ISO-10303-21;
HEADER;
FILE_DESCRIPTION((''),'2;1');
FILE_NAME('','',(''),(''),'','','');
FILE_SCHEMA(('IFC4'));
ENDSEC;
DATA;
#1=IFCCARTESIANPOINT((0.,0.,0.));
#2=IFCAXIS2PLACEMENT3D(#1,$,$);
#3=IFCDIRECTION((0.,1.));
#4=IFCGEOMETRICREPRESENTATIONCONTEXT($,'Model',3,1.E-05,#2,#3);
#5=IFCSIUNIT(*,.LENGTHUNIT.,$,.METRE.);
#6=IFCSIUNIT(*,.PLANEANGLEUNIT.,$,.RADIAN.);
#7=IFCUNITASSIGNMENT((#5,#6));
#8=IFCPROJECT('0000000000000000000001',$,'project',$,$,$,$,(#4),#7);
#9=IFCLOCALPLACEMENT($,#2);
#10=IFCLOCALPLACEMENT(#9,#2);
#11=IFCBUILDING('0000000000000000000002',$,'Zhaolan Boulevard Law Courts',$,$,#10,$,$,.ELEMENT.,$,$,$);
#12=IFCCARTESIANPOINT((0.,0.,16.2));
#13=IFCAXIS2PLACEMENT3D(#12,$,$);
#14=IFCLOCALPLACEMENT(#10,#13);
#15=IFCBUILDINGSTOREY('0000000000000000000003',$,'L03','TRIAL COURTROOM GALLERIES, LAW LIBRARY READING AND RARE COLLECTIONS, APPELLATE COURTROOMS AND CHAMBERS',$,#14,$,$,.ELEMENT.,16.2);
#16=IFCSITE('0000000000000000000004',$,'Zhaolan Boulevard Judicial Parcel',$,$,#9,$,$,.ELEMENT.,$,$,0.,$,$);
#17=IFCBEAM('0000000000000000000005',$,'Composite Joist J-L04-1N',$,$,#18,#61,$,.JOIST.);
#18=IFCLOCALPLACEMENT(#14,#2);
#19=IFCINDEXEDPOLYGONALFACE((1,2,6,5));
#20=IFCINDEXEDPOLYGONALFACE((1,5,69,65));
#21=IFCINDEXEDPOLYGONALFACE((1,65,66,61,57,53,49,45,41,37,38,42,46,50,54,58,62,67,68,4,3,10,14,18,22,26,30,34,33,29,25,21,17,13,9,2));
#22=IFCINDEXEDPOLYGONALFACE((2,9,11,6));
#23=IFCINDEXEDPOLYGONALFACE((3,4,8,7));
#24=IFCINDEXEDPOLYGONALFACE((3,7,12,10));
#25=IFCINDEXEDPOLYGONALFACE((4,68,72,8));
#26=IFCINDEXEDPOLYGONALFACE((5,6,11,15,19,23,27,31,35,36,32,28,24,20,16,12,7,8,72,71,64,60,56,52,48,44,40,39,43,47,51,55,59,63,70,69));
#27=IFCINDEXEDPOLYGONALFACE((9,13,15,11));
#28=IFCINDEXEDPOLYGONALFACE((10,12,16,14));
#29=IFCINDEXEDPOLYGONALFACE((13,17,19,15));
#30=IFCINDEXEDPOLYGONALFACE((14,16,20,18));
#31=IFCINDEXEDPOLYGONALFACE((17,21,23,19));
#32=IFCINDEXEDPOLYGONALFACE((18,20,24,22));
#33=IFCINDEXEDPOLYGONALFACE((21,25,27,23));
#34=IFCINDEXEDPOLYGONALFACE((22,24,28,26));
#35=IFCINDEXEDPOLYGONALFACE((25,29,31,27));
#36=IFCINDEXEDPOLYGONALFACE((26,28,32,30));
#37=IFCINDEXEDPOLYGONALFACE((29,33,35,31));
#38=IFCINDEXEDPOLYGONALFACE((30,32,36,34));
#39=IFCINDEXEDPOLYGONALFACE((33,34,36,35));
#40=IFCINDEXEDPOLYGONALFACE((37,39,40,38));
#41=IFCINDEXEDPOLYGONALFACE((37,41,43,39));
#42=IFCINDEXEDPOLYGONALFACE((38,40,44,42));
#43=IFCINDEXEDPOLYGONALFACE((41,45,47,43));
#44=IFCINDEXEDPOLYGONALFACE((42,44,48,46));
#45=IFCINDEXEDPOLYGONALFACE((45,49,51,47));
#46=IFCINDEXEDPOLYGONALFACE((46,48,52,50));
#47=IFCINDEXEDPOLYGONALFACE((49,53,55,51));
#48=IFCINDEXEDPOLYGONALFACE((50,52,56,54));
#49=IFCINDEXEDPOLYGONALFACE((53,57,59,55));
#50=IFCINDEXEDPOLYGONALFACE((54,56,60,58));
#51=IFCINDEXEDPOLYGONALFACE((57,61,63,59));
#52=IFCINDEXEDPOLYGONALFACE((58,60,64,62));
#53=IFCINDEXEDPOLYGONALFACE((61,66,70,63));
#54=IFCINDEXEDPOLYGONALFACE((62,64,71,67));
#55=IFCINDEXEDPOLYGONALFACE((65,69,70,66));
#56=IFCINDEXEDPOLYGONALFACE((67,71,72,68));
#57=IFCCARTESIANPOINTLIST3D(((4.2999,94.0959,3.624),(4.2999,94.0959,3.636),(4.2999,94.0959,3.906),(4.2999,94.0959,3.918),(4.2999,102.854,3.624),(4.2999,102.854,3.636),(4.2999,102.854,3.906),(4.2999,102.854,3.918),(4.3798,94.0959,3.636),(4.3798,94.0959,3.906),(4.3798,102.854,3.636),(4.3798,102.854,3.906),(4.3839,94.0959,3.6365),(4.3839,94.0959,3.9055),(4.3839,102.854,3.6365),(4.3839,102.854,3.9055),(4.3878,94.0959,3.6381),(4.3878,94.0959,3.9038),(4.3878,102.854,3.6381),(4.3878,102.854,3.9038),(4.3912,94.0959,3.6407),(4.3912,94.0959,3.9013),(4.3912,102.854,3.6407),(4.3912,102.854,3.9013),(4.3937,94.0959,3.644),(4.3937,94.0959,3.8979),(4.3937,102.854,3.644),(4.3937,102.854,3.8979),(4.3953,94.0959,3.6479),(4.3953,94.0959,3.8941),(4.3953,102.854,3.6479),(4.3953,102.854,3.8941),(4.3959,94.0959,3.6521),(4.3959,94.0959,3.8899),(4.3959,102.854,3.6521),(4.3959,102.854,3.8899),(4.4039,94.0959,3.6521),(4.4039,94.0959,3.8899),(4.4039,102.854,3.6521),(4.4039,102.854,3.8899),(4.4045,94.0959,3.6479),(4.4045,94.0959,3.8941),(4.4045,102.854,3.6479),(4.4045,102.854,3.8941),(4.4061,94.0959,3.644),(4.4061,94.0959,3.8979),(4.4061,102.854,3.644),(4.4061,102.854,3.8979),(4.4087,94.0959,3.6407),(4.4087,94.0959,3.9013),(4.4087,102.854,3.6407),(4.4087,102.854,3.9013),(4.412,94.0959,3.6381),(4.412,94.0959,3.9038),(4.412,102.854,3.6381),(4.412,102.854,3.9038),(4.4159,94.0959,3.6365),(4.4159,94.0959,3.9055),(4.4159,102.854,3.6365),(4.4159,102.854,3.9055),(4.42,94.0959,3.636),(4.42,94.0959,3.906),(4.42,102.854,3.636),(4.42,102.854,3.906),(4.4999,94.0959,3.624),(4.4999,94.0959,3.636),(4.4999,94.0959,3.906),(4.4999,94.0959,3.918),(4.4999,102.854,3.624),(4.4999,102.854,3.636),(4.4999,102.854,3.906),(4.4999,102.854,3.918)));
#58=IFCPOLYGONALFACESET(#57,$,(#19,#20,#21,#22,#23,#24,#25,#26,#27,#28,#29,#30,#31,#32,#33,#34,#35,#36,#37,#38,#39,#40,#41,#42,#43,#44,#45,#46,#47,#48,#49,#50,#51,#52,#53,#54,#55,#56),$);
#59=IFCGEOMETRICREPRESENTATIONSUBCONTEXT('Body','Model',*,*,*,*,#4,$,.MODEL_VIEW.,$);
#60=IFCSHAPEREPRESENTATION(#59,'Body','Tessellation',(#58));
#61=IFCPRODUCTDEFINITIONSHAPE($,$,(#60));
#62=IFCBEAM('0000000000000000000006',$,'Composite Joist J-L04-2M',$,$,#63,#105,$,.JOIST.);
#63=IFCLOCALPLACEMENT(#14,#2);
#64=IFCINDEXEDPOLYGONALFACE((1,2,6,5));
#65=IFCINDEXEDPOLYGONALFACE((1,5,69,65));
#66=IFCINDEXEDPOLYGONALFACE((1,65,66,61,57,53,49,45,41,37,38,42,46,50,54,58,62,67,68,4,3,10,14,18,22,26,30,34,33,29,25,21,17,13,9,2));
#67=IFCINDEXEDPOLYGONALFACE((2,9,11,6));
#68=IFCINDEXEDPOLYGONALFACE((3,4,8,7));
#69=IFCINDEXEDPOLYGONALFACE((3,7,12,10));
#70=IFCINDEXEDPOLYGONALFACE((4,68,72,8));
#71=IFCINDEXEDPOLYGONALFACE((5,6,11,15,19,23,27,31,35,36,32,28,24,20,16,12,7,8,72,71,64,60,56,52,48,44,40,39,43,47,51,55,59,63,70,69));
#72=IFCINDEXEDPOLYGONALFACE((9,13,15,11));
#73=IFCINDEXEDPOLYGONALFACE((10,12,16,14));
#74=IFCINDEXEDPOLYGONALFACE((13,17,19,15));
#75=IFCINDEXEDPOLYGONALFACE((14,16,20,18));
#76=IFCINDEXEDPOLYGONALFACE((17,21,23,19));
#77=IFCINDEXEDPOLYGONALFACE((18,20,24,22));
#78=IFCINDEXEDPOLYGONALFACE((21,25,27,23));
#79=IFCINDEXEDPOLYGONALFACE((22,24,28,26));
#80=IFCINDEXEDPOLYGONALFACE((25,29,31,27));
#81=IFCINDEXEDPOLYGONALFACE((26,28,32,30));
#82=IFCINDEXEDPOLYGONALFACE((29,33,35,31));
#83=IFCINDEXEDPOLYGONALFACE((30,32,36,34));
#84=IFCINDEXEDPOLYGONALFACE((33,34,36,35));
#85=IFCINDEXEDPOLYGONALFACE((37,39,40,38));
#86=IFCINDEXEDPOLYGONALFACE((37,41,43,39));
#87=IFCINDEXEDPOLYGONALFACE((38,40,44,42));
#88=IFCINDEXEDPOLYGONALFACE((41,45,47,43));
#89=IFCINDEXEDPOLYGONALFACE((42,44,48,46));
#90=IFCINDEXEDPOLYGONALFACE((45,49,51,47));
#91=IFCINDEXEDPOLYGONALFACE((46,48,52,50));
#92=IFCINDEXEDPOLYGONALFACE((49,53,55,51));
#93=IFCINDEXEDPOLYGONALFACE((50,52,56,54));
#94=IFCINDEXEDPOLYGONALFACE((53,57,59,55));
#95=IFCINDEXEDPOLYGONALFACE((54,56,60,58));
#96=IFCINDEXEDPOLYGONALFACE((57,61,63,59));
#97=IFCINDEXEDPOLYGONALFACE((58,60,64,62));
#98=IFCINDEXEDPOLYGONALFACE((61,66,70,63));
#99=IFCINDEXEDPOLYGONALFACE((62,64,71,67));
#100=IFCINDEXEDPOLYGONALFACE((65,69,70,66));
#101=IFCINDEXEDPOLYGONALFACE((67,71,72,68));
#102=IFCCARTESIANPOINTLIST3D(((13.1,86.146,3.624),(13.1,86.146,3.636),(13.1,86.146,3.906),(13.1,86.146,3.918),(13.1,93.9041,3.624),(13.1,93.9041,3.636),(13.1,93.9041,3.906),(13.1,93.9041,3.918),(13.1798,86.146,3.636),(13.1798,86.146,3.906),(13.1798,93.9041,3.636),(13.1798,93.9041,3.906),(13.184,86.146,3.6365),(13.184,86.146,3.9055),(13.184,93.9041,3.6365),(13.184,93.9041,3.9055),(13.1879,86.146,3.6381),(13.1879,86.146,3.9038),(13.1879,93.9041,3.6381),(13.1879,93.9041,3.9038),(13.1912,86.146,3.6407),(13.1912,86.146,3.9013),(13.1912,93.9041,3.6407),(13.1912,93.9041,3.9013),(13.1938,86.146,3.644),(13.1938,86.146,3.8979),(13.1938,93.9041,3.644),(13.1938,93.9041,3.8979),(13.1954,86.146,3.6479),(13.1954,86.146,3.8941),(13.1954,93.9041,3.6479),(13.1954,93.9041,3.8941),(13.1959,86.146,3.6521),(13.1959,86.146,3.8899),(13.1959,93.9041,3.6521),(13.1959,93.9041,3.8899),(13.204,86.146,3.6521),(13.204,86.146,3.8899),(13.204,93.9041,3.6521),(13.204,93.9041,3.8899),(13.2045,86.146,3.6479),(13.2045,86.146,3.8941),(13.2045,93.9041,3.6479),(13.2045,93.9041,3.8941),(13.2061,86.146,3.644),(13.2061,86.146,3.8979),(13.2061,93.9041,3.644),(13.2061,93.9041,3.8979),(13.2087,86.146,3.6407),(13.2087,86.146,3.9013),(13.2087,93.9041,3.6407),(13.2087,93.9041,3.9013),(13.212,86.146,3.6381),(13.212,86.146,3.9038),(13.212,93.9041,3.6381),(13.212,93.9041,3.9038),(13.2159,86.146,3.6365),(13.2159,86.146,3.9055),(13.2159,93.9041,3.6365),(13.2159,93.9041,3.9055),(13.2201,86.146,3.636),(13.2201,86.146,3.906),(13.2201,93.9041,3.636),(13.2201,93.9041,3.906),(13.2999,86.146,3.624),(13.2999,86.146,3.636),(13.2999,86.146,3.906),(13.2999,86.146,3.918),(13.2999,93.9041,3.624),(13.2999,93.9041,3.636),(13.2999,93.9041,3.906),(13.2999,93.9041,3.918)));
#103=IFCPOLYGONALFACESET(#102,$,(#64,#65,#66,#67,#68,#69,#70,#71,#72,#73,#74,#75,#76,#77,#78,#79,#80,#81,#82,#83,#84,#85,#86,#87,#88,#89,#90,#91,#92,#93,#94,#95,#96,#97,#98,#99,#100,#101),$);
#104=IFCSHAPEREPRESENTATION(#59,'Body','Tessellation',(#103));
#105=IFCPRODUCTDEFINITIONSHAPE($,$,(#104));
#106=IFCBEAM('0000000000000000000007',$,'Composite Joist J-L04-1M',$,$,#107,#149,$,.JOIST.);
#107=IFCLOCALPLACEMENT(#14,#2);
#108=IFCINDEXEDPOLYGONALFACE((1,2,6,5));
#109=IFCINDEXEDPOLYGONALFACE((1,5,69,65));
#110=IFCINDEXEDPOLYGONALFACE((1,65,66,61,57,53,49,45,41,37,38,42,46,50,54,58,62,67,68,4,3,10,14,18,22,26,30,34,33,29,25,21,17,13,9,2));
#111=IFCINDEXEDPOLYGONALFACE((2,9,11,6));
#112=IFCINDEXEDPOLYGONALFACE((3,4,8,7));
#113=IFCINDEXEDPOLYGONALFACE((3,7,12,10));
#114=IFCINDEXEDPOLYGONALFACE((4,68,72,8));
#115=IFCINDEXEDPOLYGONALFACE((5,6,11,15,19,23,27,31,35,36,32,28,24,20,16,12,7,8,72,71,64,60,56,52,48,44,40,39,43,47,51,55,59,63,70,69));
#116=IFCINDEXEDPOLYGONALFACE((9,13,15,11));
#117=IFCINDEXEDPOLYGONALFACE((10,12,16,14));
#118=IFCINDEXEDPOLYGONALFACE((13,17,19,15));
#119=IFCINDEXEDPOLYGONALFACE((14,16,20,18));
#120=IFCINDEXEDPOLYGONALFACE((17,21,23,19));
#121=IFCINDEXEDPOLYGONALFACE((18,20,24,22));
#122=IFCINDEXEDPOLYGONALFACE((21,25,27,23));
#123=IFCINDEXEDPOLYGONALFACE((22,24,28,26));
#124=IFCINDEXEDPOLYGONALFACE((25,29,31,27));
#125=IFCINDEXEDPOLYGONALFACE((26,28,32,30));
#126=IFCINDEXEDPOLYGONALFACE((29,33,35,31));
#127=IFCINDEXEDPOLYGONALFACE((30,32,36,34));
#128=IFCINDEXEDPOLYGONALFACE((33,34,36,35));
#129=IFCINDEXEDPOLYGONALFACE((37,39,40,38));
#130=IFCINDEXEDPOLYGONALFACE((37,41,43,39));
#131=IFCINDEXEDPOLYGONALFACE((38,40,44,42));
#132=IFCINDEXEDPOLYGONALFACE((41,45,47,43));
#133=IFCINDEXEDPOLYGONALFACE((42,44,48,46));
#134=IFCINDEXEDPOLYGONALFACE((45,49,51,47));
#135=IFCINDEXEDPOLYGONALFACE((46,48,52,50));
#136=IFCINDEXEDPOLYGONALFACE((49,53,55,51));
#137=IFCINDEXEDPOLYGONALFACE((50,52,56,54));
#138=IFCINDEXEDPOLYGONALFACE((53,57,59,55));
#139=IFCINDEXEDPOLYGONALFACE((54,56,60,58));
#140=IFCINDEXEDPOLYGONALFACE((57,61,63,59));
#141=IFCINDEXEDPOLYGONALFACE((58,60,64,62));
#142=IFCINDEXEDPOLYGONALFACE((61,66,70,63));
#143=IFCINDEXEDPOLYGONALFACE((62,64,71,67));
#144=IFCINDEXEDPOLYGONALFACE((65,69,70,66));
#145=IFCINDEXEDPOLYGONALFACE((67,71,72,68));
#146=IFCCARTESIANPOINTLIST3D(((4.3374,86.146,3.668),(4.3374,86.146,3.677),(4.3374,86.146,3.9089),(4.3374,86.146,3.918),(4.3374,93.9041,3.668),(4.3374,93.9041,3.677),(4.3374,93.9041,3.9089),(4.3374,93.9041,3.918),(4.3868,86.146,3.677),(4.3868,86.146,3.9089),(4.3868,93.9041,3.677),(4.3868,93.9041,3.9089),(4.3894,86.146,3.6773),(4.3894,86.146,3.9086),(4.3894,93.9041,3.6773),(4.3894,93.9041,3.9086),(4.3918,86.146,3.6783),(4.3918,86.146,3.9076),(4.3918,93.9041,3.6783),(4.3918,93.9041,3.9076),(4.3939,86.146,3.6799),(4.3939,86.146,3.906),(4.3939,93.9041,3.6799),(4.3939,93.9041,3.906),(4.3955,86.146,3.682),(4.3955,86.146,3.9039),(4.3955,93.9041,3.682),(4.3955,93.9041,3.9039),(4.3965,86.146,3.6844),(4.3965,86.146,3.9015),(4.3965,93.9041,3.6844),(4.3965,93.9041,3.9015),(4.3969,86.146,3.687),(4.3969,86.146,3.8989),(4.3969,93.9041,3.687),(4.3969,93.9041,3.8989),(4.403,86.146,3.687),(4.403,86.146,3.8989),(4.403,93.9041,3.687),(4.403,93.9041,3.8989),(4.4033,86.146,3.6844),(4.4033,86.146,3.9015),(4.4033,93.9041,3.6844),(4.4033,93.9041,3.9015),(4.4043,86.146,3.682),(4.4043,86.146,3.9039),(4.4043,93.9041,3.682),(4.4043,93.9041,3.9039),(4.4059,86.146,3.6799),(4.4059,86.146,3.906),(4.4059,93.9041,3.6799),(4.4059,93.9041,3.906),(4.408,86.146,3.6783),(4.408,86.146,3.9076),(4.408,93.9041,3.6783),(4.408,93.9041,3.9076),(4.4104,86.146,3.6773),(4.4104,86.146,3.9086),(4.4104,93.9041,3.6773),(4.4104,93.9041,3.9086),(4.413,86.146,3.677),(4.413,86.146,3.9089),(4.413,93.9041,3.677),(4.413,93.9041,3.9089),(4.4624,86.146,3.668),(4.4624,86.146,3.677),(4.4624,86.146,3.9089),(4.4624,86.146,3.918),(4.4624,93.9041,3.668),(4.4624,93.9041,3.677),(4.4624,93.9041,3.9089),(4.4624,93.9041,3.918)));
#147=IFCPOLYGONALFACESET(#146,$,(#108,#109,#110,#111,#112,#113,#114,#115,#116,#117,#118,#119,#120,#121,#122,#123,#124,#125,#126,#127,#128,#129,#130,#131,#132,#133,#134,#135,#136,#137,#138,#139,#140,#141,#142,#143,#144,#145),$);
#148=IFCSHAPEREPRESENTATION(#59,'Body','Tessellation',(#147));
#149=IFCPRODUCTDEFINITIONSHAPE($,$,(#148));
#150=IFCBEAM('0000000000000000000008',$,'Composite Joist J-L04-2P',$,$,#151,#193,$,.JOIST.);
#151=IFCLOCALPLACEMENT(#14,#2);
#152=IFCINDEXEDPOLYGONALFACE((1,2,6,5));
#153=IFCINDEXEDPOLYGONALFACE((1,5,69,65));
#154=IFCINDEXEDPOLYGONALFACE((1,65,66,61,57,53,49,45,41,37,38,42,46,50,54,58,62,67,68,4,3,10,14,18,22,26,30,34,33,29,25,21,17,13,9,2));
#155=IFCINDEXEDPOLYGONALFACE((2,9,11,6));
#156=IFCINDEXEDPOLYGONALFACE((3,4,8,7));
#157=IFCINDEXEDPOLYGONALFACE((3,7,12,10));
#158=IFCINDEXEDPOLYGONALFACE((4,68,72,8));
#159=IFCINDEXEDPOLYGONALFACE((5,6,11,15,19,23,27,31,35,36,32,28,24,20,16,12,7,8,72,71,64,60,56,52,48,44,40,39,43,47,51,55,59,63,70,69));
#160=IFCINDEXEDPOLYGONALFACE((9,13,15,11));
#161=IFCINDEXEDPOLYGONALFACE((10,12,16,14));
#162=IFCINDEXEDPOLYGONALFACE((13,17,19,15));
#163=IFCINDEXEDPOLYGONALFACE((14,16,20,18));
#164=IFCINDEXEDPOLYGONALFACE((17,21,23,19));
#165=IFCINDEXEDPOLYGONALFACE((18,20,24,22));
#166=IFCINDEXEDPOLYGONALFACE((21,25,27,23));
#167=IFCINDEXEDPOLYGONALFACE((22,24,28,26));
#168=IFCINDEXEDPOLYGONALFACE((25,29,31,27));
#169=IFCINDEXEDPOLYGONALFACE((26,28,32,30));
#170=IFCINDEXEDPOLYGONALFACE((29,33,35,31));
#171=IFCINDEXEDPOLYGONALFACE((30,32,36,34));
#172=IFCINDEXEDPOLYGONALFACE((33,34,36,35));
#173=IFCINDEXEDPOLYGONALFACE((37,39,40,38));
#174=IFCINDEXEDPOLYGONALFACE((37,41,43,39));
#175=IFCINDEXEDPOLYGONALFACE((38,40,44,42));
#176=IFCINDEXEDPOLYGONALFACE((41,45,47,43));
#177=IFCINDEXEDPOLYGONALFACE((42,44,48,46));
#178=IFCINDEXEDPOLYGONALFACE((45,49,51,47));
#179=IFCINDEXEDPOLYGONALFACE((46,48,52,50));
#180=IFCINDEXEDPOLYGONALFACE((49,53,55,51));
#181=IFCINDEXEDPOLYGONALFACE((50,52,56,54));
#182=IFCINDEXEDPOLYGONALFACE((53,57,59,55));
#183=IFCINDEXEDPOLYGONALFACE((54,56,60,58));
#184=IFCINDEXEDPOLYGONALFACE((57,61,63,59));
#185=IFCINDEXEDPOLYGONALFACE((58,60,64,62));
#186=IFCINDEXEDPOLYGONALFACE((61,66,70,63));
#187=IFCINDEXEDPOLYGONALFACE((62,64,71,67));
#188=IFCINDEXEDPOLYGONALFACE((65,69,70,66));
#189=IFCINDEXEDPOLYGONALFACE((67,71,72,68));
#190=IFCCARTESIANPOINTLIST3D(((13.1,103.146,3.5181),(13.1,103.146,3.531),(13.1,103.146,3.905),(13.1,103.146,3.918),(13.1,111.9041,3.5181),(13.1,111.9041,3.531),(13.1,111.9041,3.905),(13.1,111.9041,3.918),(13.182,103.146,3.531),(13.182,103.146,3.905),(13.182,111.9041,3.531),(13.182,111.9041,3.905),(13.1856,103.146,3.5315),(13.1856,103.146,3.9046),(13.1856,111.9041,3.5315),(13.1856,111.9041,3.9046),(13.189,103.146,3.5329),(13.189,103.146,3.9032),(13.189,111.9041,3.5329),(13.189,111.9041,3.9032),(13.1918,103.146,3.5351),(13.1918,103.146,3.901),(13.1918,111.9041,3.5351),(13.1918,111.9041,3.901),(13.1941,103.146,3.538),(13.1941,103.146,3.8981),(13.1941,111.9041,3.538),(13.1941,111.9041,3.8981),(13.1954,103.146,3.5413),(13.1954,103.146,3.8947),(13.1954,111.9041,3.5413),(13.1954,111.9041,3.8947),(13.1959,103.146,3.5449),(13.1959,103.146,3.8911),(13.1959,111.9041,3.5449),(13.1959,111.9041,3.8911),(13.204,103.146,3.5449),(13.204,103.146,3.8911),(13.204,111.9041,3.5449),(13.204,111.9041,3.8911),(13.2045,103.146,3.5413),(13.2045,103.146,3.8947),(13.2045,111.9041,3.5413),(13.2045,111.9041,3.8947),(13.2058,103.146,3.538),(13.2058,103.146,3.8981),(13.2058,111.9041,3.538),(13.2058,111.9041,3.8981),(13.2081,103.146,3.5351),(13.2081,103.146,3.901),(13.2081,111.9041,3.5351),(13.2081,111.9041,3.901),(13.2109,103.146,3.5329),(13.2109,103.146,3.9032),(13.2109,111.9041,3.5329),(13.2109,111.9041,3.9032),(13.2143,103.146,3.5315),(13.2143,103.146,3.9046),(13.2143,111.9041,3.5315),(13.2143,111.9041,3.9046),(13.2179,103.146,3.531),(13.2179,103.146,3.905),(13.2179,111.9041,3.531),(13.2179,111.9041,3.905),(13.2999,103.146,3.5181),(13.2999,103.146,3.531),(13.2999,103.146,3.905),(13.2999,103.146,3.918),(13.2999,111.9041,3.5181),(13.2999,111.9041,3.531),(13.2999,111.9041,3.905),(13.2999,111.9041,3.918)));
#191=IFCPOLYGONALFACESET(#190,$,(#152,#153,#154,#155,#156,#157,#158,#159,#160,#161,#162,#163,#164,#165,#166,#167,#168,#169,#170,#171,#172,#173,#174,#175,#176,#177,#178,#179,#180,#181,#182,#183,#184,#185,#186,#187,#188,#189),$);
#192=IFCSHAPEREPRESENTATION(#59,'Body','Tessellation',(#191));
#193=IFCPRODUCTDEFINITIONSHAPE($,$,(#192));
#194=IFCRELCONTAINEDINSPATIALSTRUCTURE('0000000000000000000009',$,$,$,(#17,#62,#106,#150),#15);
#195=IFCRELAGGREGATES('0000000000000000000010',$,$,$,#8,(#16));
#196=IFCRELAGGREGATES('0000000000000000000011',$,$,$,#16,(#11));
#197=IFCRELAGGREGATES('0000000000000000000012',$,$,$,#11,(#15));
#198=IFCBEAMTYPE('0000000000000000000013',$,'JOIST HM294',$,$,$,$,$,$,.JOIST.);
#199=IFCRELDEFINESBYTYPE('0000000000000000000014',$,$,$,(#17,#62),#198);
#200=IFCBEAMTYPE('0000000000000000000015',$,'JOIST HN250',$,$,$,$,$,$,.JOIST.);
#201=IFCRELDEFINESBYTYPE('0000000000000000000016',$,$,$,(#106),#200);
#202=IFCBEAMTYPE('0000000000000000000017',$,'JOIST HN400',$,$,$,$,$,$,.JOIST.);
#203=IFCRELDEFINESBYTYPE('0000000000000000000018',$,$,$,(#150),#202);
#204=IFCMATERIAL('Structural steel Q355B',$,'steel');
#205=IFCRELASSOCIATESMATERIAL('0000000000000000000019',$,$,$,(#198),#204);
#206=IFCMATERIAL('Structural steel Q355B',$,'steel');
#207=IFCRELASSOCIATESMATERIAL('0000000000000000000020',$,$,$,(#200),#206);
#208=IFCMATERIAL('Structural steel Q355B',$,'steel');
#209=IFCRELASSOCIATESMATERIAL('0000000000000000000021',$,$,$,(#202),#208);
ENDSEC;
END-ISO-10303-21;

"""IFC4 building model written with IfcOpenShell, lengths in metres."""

from ifc_helpers import new_model, si_unit, direction, frame, origin, origin_2d, place, context, subcontext, project, spatial, i_section, extrude, material, material_profile, profile_set, type_object, element, save


model = new_model("IFC4")

# Units and contexts
model_context = context("Model", 3, precision=1e-05, world=origin(), true_north=direction((0.0, 1.0)))
body_context = subcontext(model_context, "Body", "Model", "MODEL_VIEW")
ifc_project = project(units=[si_unit("LENGTHUNIT", "METRE"), si_unit("PLANEANGLEUNIT", "RADIAN")], contexts=[model_context])

# Site, building, storey
site_placement = place(None, origin())
site = spatial("IfcSite", under=ifc_project, at=site_placement, Name="Zhaolan Boulevard Judicial Parcel", CompositionType="ELEMENT", RefElevation=0.0)
building_placement = place(site_placement, origin())
building = spatial("IfcBuilding", under=site, at=building_placement, Name="Zhaolan Boulevard Law Courts", CompositionType="ELEMENT")
storey_placement = place(building_placement, frame((0.0, 0.0, 16.2)))
storey = spatial("IfcBuildingStorey", under=building, at=storey_placement, Name="L03", Description="TRIAL COURTROOM GALLERIES, LAW LIBRARY READING AND RARE COLLECTIONS, APPELLATE COURTROOMS AND CHAMBERS", CompositionType="ELEMENT", Elevation=16.2)

# Beams
ifc_material_1 = material(Name="Structural steel Q355B", Category="steel")
ifc_material_profile_1 = material_profile(ifc_material_1, i_section(OverallWidth=0.2, OverallDepth=0.2939, WebThickness=0.0081, FlangeThickness=0.012, FilletRadius=0.0161, at=origin_2d()), Name="HM294x200")
ifc_profile_set_1 = profile_set([ifc_material_profile_1], Name="Structural steel Q355B")
beam_type_1 = type_object("IfcBeamType", Name="JOIST HM294", PredefinedType="JOIST", material=ifc_profile_set_1)
beam_1_placement = place(storey_placement, frame((4.3999, 94.0959, 3.771), z_axis=(0.0, 1.0, 0.0), x_axis=(-1.0, 0.0, 0.0)))
element("IfcBeam", 1, at=beam_1_placement, inside=storey, type_object=beam_type_1, Name="Composite Joist J-L04-1N", PredefinedType="JOIST", context=body_context, shape_type="SweptSolid", body=[
    extrude(i_section(OverallWidth=0.2, OverallDepth=0.2939, WebThickness=0.0081, FlangeThickness=0.012, FilletRadius=0.0161, at=origin_2d()), origin(), (0.0, 0.0, 1.0), 8.7581),
])
beam_2_placement = place(storey_placement, frame((13.2, 86.146, 3.771), z_axis=(0.0, 1.0, 0.0), x_axis=(-1.0, 0.0, 0.0)))
element("IfcBeam", 2, at=beam_2_placement, inside=storey, type_object=beam_type_1, Name="Composite Joist J-L04-2M", PredefinedType="JOIST", context=body_context, shape_type="SweptSolid", body=[
    extrude(i_section(OverallWidth=0.2, OverallDepth=0.2939, WebThickness=0.0081, FlangeThickness=0.012, FilletRadius=0.0161, at=origin_2d()), origin(), (0.0, 0.0, 1.0), 7.7581),
])
ifc_material_2 = material(Name="Structural steel Q355B", Category="steel")
ifc_material_profile_2 = material_profile(ifc_material_2, i_section(OverallWidth=0.125, OverallDepth=0.25, WebThickness=0.0061, FlangeThickness=0.009, FilletRadius=0.01, at=origin_2d()), Name="HN250x125")
ifc_profile_set_2 = profile_set([ifc_material_profile_2], Name="Structural steel Q355B")
beam_type_2 = type_object("IfcBeamType", Name="JOIST HN250", PredefinedType="JOIST", material=ifc_profile_set_2)
beam_3_placement = place(storey_placement, frame((4.3999, 86.146, 3.793), z_axis=(0.0, 1.0, 0.0), x_axis=(-1.0, 0.0, 0.0)))
element("IfcBeam", 3, at=beam_3_placement, inside=storey, type_object=beam_type_2, Name="Composite Joist J-L04-1M", PredefinedType="JOIST", context=body_context, shape_type="SweptSolid", body=[
    extrude(i_section(OverallWidth=0.125, OverallDepth=0.25, WebThickness=0.0061, FlangeThickness=0.009, FilletRadius=0.01, at=origin_2d()), origin(), (0.0, 0.0, 1.0), 7.7581),
])
ifc_material_3 = material(Name="Structural steel Q355B", Category="steel")
ifc_material_profile_3 = material_profile(ifc_material_3, i_section(OverallWidth=0.2, OverallDepth=0.3999, WebThickness=0.0081, FlangeThickness=0.0129, FilletRadius=0.0139, at=origin_2d()), Name="HN400x200")
ifc_profile_set_3 = profile_set([ifc_material_profile_3], Name="Structural steel Q355B")
beam_type_3 = type_object("IfcBeamType", Name="JOIST HN400", PredefinedType="JOIST", material=ifc_profile_set_3)
beam_4_placement = place(storey_placement, frame((13.2, 103.146, 3.718), z_axis=(0.0, 1.0, 0.0), x_axis=(-1.0, 0.0, 0.0)))
element("IfcBeam", 4, at=beam_4_placement, inside=storey, type_object=beam_type_3, Name="Composite Joist J-L04-2P", PredefinedType="JOIST", context=body_context, shape_type="SweptSolid", body=[
    extrude(i_section(OverallWidth=0.2, OverallDepth=0.3999, WebThickness=0.0081, FlangeThickness=0.0129, FilletRadius=0.0139, at=origin_2d()), origin(), (0.0, 0.0, 1.0), 8.7581),
])

save(model, "model.ifc")
